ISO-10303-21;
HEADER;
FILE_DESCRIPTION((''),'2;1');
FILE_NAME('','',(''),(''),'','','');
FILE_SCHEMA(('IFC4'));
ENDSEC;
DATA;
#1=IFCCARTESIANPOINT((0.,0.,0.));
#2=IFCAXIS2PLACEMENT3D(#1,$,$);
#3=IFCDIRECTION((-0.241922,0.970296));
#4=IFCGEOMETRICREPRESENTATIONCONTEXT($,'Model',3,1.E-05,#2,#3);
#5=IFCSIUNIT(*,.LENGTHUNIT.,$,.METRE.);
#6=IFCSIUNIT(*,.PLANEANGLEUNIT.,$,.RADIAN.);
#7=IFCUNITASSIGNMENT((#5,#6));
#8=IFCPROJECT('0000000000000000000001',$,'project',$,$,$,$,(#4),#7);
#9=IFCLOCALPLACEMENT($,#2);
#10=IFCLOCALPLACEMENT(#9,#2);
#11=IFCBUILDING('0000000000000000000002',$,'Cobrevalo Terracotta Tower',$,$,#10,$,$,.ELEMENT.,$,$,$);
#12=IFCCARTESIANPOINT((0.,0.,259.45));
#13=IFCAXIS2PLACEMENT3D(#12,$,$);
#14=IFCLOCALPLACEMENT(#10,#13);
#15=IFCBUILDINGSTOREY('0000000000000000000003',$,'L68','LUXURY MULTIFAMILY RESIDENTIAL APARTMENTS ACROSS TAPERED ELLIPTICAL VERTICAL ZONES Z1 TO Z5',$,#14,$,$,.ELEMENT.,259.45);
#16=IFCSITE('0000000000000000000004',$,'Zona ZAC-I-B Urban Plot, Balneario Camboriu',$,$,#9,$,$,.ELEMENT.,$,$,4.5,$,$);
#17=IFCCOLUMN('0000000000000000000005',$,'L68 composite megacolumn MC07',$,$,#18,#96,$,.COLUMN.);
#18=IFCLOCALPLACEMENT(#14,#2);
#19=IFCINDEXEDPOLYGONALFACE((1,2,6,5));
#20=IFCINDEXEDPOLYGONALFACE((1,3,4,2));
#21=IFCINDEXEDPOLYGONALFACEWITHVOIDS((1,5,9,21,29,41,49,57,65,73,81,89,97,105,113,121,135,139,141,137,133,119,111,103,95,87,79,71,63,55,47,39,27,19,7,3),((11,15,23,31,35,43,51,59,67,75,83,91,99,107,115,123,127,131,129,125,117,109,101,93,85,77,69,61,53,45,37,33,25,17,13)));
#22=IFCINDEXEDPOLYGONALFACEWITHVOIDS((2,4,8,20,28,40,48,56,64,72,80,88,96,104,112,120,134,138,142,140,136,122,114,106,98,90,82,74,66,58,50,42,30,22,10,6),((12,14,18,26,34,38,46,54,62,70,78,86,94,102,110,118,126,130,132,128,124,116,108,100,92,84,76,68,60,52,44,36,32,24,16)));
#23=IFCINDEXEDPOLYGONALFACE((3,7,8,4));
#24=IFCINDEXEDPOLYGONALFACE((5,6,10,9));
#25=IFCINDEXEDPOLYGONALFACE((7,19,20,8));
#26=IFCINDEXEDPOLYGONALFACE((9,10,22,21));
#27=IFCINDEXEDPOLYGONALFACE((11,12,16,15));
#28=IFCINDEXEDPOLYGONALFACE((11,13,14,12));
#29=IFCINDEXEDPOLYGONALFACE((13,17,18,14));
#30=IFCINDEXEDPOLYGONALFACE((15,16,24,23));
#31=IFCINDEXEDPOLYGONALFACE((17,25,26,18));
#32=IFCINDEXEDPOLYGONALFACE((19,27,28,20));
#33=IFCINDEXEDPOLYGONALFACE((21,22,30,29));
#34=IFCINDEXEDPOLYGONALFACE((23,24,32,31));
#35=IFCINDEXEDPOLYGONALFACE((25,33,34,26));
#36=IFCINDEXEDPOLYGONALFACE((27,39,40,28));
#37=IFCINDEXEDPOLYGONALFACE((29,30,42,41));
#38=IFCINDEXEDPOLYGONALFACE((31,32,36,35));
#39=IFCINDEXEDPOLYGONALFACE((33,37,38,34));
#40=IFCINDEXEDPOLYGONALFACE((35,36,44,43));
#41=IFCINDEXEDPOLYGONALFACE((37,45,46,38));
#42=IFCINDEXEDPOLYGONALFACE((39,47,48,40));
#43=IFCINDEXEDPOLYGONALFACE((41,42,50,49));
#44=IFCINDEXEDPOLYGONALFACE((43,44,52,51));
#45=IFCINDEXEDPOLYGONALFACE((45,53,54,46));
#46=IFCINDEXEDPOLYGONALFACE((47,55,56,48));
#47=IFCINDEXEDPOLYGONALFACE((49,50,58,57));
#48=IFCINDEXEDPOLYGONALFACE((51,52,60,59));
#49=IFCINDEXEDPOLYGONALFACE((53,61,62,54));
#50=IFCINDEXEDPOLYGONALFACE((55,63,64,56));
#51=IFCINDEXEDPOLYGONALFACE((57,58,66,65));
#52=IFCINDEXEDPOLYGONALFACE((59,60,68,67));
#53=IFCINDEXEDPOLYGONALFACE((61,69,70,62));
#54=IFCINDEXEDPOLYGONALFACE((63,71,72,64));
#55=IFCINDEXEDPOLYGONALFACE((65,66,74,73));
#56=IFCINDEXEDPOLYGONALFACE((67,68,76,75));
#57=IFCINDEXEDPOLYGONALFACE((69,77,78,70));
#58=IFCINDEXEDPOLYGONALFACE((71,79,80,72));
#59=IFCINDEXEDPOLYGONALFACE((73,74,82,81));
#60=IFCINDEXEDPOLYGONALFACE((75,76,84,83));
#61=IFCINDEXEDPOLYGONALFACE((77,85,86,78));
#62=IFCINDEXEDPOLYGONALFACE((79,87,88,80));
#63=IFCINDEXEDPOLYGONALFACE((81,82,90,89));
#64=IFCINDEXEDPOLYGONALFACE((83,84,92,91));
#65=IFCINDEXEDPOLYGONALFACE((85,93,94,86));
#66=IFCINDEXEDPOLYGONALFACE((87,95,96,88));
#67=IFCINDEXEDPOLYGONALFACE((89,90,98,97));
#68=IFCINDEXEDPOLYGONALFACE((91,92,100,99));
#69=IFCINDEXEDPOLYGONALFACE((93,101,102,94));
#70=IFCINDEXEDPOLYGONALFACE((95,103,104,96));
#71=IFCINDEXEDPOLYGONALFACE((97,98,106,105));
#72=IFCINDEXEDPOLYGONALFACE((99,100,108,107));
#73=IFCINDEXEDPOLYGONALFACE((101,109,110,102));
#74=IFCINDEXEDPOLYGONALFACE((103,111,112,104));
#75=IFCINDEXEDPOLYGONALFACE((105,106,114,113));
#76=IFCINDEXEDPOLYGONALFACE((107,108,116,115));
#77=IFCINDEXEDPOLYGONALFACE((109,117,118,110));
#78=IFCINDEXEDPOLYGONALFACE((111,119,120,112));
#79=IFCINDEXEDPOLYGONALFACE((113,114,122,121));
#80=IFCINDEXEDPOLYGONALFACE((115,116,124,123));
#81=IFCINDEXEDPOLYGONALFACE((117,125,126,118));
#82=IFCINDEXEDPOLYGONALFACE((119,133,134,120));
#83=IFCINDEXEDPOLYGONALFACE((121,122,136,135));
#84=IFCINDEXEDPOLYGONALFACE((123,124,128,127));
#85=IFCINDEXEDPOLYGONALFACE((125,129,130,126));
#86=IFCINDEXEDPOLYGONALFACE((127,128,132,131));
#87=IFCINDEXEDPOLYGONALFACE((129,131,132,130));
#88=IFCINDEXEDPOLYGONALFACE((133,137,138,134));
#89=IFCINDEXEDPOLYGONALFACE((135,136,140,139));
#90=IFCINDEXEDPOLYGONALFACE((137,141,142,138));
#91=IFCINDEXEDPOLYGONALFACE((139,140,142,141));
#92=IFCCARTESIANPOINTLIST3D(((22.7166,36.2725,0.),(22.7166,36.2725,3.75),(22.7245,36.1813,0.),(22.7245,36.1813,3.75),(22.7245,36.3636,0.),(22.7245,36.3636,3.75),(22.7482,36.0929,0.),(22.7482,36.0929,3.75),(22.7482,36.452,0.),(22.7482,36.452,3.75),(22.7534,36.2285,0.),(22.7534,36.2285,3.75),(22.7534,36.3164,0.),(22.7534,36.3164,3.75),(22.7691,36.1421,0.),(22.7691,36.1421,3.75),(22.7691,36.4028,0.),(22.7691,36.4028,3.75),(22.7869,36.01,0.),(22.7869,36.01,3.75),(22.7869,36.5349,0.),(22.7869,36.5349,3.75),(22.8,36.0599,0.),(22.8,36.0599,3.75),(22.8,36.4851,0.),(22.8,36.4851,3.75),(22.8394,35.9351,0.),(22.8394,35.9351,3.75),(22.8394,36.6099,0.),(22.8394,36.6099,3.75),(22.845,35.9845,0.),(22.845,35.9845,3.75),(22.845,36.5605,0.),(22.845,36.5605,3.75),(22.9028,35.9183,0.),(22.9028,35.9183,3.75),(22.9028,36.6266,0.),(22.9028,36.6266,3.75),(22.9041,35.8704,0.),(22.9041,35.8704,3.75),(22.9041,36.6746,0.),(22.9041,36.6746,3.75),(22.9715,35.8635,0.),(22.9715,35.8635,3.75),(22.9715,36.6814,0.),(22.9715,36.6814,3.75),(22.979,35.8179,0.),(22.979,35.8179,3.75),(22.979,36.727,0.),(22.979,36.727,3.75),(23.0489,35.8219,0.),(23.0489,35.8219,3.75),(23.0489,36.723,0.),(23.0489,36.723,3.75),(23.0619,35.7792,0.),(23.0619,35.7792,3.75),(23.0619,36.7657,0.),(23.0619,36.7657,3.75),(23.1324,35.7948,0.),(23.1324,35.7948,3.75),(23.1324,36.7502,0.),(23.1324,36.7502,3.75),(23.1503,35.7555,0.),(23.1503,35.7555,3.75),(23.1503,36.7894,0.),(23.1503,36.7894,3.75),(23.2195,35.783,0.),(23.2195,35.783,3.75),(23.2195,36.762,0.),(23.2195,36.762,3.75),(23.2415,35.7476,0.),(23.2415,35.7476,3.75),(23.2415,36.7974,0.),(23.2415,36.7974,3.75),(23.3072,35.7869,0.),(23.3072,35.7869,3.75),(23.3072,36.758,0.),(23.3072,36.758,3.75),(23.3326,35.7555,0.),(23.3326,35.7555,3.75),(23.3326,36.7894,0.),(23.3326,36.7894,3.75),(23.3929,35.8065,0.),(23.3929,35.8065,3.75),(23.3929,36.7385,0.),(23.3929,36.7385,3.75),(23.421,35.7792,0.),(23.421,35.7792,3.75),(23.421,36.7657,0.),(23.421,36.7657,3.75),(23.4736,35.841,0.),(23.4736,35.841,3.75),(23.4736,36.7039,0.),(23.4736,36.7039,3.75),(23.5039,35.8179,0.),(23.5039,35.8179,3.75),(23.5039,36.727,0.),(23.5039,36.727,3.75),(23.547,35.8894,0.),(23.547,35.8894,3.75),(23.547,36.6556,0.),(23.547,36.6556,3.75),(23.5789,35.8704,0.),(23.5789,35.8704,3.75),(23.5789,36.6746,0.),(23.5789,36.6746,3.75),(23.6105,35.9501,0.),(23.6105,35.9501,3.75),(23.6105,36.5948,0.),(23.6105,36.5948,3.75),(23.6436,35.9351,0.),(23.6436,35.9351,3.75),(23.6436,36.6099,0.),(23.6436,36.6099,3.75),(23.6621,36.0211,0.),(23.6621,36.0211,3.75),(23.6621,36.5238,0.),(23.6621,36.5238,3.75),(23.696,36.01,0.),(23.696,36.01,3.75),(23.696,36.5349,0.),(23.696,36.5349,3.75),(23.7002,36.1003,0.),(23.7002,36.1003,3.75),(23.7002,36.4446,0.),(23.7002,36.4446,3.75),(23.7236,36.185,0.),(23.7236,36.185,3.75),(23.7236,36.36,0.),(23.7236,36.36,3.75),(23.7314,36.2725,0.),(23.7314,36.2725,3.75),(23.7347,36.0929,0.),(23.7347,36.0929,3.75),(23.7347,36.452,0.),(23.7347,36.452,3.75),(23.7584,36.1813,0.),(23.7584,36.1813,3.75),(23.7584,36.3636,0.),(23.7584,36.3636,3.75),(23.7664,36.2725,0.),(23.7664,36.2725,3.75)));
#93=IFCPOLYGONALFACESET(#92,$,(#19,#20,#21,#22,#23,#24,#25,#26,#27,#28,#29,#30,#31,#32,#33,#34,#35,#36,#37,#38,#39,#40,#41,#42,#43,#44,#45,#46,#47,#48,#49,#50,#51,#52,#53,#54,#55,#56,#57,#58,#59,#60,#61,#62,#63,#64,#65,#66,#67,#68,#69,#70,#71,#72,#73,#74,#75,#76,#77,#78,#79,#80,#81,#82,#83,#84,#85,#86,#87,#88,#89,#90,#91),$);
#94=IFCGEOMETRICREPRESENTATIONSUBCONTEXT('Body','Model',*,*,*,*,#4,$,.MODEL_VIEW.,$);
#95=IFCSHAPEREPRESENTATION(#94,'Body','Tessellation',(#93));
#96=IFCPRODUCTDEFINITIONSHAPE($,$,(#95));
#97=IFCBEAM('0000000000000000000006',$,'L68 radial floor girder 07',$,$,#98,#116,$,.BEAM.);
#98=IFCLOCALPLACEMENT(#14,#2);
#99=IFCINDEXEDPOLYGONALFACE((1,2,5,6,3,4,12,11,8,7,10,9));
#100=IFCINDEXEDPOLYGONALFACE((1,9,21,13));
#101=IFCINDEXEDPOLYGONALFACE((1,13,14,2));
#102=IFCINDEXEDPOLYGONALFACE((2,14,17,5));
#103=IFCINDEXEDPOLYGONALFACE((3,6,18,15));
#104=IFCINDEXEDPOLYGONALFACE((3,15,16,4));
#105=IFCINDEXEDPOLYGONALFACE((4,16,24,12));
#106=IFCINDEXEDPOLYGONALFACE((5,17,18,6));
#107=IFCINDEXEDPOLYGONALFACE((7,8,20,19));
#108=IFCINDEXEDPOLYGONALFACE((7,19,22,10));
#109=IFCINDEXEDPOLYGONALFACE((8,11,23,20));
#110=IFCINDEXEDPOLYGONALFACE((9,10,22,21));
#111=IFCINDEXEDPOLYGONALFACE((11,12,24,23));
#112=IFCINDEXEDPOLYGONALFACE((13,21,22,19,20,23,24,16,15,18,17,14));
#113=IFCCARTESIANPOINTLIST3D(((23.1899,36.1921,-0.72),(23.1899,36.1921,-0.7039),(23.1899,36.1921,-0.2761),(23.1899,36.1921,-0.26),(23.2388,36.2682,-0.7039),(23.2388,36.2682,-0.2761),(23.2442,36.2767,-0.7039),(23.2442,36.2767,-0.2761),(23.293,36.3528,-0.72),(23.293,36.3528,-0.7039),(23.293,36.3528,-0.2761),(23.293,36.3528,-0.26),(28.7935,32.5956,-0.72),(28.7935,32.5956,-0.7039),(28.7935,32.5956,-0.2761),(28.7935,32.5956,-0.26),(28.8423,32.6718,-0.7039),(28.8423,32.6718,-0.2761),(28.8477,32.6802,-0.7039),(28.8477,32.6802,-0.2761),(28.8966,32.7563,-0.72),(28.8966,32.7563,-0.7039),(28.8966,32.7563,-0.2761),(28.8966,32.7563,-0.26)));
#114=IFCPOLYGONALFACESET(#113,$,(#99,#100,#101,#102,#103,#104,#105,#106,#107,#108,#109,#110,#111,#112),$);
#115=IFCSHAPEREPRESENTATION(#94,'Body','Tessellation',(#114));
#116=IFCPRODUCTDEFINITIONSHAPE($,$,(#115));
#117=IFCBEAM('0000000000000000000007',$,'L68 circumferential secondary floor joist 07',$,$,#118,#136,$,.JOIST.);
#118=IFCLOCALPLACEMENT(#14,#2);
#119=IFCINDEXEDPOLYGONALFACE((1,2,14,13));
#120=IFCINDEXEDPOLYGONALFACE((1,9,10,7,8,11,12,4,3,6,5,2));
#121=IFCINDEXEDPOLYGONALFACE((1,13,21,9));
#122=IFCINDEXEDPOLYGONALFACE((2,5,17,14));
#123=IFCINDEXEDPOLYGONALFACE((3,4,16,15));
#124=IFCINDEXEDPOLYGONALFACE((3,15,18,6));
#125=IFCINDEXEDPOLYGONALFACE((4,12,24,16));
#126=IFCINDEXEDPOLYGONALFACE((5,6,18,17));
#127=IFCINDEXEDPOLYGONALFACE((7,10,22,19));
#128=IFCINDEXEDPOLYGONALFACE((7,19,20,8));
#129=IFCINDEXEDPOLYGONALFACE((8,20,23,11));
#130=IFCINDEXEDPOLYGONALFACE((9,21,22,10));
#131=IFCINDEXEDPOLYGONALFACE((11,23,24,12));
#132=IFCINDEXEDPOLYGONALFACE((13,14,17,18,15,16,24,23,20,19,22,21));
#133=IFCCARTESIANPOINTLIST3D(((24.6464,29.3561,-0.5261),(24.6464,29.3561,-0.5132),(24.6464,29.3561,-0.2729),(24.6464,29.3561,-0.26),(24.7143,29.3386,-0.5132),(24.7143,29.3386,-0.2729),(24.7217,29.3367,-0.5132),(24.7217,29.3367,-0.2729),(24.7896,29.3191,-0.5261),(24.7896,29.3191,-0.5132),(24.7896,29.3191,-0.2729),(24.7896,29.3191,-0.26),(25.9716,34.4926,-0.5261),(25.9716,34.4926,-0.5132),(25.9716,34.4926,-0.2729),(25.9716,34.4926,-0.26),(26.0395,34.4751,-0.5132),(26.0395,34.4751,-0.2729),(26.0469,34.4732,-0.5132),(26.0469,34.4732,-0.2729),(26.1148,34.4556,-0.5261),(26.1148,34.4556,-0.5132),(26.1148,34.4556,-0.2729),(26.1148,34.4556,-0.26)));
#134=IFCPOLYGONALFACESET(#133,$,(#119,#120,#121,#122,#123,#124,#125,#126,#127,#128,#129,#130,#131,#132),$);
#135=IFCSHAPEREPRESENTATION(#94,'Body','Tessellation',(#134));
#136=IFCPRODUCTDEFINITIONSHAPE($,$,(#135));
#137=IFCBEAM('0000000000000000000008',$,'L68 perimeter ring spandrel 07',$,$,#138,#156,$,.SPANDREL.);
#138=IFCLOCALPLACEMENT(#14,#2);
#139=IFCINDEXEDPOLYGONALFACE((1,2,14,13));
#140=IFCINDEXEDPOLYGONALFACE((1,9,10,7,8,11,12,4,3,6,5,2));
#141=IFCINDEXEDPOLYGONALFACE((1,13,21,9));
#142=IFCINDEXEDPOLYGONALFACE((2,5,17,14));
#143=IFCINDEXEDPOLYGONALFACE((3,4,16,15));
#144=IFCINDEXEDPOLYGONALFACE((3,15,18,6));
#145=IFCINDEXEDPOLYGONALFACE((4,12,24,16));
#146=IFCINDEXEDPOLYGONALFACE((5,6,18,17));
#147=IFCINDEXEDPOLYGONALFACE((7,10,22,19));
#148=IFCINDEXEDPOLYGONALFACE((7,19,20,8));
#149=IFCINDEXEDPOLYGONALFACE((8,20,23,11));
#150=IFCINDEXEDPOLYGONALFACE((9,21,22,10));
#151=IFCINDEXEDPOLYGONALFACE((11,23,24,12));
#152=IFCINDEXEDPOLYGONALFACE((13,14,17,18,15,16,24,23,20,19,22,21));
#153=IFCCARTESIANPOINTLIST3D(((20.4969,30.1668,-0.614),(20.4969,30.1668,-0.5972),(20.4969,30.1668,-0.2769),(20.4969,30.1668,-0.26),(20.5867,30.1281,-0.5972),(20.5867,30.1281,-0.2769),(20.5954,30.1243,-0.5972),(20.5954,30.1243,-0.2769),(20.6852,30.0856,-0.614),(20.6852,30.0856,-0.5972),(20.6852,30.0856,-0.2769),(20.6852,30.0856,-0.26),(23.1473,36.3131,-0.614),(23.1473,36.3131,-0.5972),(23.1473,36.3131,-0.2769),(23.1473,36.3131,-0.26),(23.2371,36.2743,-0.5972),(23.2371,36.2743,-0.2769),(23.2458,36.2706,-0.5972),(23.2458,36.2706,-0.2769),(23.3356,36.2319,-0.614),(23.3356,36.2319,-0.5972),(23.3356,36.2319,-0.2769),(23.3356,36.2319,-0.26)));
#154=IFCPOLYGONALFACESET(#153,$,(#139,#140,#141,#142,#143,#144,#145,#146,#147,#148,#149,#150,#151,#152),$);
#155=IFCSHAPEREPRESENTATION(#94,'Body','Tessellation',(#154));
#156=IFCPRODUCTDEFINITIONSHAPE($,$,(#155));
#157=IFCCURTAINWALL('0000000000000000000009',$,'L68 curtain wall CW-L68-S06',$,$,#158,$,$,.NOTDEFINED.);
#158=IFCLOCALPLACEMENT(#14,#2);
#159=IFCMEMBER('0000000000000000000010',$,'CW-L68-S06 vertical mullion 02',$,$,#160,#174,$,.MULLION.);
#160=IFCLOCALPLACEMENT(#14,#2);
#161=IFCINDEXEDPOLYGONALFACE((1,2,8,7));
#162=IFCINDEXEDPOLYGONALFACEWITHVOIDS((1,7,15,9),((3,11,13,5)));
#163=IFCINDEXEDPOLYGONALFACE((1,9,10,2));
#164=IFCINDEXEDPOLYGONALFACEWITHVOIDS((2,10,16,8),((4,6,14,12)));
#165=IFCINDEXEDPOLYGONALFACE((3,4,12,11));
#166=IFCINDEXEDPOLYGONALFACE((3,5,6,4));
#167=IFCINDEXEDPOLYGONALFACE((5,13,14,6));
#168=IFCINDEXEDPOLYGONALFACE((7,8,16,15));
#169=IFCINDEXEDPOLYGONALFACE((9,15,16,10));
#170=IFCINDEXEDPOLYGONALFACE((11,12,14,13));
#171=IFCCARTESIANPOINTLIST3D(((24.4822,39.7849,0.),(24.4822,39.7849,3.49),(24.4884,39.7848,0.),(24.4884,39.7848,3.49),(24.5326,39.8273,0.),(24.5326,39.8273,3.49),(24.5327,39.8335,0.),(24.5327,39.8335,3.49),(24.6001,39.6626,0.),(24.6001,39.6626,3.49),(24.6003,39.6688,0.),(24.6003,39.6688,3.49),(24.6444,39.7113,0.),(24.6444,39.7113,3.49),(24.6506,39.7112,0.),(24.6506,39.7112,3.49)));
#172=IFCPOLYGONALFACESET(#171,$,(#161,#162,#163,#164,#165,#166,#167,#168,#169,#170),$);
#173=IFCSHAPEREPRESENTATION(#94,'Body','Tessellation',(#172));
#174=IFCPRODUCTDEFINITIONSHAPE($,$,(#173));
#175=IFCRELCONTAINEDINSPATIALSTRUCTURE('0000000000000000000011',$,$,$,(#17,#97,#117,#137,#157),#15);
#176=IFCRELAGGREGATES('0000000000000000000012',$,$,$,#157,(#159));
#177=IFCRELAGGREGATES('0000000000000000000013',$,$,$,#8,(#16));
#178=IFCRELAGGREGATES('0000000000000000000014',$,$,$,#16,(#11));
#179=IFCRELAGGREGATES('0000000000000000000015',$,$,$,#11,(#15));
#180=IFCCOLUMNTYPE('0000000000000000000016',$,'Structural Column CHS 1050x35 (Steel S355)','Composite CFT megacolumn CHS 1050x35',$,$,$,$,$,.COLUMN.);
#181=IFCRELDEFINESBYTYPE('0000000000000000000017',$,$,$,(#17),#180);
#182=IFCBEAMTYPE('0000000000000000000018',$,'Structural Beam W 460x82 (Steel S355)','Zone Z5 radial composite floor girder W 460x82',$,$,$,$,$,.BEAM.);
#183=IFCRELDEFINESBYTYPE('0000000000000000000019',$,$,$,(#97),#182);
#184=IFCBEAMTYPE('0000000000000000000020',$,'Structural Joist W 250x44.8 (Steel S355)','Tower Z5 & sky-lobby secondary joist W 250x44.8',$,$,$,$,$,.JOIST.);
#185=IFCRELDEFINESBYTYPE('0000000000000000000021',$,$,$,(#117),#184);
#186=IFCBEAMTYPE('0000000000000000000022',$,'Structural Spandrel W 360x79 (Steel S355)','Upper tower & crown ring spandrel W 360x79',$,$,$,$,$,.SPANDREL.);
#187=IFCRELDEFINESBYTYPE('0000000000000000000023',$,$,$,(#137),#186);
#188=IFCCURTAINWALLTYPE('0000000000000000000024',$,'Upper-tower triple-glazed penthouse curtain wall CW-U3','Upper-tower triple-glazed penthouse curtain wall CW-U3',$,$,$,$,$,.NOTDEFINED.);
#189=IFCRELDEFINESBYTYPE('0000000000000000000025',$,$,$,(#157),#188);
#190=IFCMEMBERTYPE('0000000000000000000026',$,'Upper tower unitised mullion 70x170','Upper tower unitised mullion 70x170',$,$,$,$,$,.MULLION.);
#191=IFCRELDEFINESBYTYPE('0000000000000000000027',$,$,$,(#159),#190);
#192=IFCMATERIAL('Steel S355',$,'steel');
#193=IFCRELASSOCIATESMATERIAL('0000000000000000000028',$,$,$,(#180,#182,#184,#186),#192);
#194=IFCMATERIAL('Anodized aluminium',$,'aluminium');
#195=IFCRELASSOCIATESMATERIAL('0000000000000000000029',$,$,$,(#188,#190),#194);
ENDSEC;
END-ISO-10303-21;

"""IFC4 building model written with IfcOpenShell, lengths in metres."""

from ifc_helpers import new_model, si_unit, direction, frame, origin, origin_2d, place, context, subcontext, project, spatial, hollow_rectangle, hollow_circle, i_section, extrude, source, transform, mapped, material, material_profile, profile_set, type_object, element, aggregate, save


model = new_model("IFC4")

# Units and contexts
model_context = context("Model", 3, precision=1e-05, world=origin(), true_north=direction((-0.241922, 0.970296)))
body_context = subcontext(model_context, "Body", "Model", "MODEL_VIEW")
ifc_project = project(units=[si_unit("LENGTHUNIT", "METRE"), si_unit("PLANEANGLEUNIT", "RADIAN")], contexts=[model_context])

# Site, building, storey
site_placement = place(None, origin())
site = spatial("IfcSite", under=ifc_project, at=site_placement, Name="Zona ZAC-I-B Urban Plot, Balneario Camboriu", CompositionType="ELEMENT", RefElevation=4.5)
building_placement = place(site_placement, origin())
building = spatial("IfcBuilding", under=site, at=building_placement, Name="Cobrevalo Terracotta Tower", CompositionType="ELEMENT")
storey_placement = place(building_placement, frame((0.0, 0.0, 259.45)))
storey = spatial("IfcBuildingStorey", under=building, at=storey_placement, Name="L68", Description="LUXURY MULTIFAMILY RESIDENTIAL APARTMENTS ACROSS TAPERED ELLIPTICAL VERTICAL ZONES Z1 TO Z5", CompositionType="ELEMENT", Elevation=259.45)

# Column
ifc_material_1 = material(Name="Steel S355", Category="steel")
ifc_material_profile_1 = material_profile(ifc_material_1, hollow_circle(Radius=0.5249, WallThickness=0.0349, at=origin_2d()), Name="CHS 1050x35")
ifc_profile_set_1 = profile_set([ifc_material_profile_1], Name="Steel S355")
column_type = type_object("IfcColumnType", Name="Structural Column CHS 1050x35 (Steel S355)", Description="Composite CFT megacolumn CHS 1050x35", PredefinedType="COLUMN", material=ifc_profile_set_1)
column_placement = place(storey_placement, frame((23.2415, 36.2725, 0.0), z_axis=(0.0, 0.0, 1.0), x_axis=(1.0, 0.0, 0.0)))
element("IfcColumn", 1, at=column_placement, inside=storey, type_object=column_type, Name="L68 composite megacolumn MC07", PredefinedType="COLUMN", context=body_context, shape_type="SweptSolid", body=[
    extrude(hollow_circle(Radius=0.5249, WallThickness=0.0349, at=origin_2d()), origin(), (0.0, 0.0, 1.0), 3.75),
])

# Beams
ifc_material_profile_2 = material_profile(ifc_material_1, i_section(OverallWidth=0.1909, OverallDepth=0.46, WebThickness=0.01, FlangeThickness=0.0161, at=origin_2d()), Name="W 460x82")
ifc_profile_set_2 = profile_set([ifc_material_profile_2], Name="Steel S355")
beam_type_1 = type_object("IfcBeamType", Name="Structural Beam W 460x82 (Steel S355)", Description="Zone Z5 radial composite floor girder W 460x82", PredefinedType="BEAM", material=ifc_profile_set_2)
beam_1_placement = place(storey_placement, frame((23.2415, 36.2725, -0.49), z_axis=(0.841576, -0.540138, 0.0), x_axis=(0.540138, 0.841576, 0.0)))
element("IfcBeam", 2, at=beam_1_placement, inside=storey, type_object=beam_type_1, Name="L68 radial floor girder 07", PredefinedType="BEAM", context=body_context, shape_type="SweptSolid", body=[
    extrude(i_section(OverallWidth=0.1909, OverallDepth=0.46, WebThickness=0.01, FlangeThickness=0.0161, at=origin_2d()), origin(), (0.0, 0.0, 1.0), 6.6584),
])
ifc_material_profile_3 = material_profile(ifc_material_1, i_section(OverallWidth=0.1479, OverallDepth=0.2661, WebThickness=0.0076, FlangeThickness=0.0129, at=origin_2d()), Name="W 250x44.8")
ifc_profile_set_3 = profile_set([ifc_material_profile_3], Name="Steel S355")
beam_type_2 = type_object("IfcBeamType", Name="Structural Joist W 250x44.8 (Steel S355)", Description="Tower Z5 & sky-lobby secondary joist W 250x44.8", PredefinedType="JOIST", material=ifc_profile_set_3)
beam_2_placement = place(storey_placement, frame((26.0432, 34.4741, -0.3931), z_axis=(-0.249817, -0.968293, 0.0), x_axis=(0.968293, -0.249817, 0.0)))
element("IfcBeam", 3, at=beam_2_placement, inside=storey, type_object=beam_type_2, Name="L68 circumferential secondary floor joist 07", PredefinedType="JOIST", context=body_context, shape_type="SweptSolid", body=[
    extrude(i_section(OverallWidth=0.1479, OverallDepth=0.2661, WebThickness=0.0076, FlangeThickness=0.0129, at=origin_2d()), origin(), (0.0, 0.0, 1.0), 5.3047),
])
ifc_material_profile_4 = material_profile(ifc_material_1, i_section(OverallWidth=0.2051, OverallDepth=0.354, WebThickness=0.0095, FlangeThickness=0.0168, at=origin_2d()), Name="W 360x79")
ifc_profile_set_4 = profile_set([ifc_material_profile_4], Name="Steel S355")
beam_type_3 = type_object("IfcBeamType", Name="Structural Spandrel W 360x79 (Steel S355)", Description="Upper tower & crown ring spandrel W 360x79", PredefinedType="SPANDREL", material=ifc_profile_set_4)
beam_3_placement = place(storey_placement, frame((23.2415, 36.2725, -0.437), z_axis=(-0.395974, -0.918262, 0.0), x_axis=(0.918262, -0.395974, 0.0)))
element("IfcBeam", 4, at=beam_3_placement, inside=storey, type_object=beam_type_3, Name="L68 perimeter ring spandrel 07", PredefinedType="SPANDREL", context=body_context, shape_type="SweptSolid", body=[
    extrude(i_section(OverallWidth=0.2051, OverallDepth=0.354, WebThickness=0.0095, FlangeThickness=0.0168, at=origin_2d()), origin(), (0.0, 0.0, 1.0), 6.6934),
])

# Curtain wall, member
ifc_material_2 = material(Name="Anodized aluminium", Category="aluminium")
curtain_wall_type = type_object("IfcCurtainWallType", Name="Upper-tower triple-glazed penthouse curtain wall CW-U3", Description="Upper-tower triple-glazed penthouse curtain wall CW-U3", PredefinedType="NOTDEFINED", material=ifc_material_2)
curtain_wall_1_placement = place(storey_placement, origin())
curtain_wall_1 = element("IfcCurtainWall", 5, at=curtain_wall_1_placement, inside=storey, type_object=curtain_wall_type, Name="L68 curtain wall CW-L68-S06", PredefinedType="NOTDEFINED")
ifc_material_profile_5 = material_profile(ifc_material_2, hollow_rectangle(XDim=0.0701, YDim=0.1699, WallThickness=0.0044, at=origin_2d()), Name="CWM 70x170")
ifc_profile_set_5 = profile_set([ifc_material_profile_5], Name="Anodized aluminium")
member_type_1 = type_object("IfcMemberType", Name="Upper tower unitised mullion 70x170", Description="Upper tower unitised mullion 70x170", PredefinedType="MULLION", material=ifc_profile_set_5)
shared_shape_1 = source(origin(), body_context, "Body", "SweptSolid", [
    extrude(hollow_rectangle(XDim=0.0701, YDim=0.1699, WallThickness=0.0044, at=origin_2d()), origin(), (0.0, 0.0, 1.0), 3.49),
])
member_1_placement = place(storey_placement, frame((24.5664, 39.748, 0.0), z_axis=(0.0, 0.0, 1.0), x_axis=(-0.719994, -0.69398, 0.0)))
member_1 = element("IfcMember", 6, at=member_1_placement, type_object=member_type_1, Name="CW-L68-S06 vertical mullion 02", PredefinedType="MULLION", context=body_context, shape_type="MappedRepresentation", body=[
    mapped(shared_shape_1, transform((0.0, 0.0, 0.0), scale=1.0)),
])

aggregate(curtain_wall_1, [member_1])

save(model, "model.ifc")
